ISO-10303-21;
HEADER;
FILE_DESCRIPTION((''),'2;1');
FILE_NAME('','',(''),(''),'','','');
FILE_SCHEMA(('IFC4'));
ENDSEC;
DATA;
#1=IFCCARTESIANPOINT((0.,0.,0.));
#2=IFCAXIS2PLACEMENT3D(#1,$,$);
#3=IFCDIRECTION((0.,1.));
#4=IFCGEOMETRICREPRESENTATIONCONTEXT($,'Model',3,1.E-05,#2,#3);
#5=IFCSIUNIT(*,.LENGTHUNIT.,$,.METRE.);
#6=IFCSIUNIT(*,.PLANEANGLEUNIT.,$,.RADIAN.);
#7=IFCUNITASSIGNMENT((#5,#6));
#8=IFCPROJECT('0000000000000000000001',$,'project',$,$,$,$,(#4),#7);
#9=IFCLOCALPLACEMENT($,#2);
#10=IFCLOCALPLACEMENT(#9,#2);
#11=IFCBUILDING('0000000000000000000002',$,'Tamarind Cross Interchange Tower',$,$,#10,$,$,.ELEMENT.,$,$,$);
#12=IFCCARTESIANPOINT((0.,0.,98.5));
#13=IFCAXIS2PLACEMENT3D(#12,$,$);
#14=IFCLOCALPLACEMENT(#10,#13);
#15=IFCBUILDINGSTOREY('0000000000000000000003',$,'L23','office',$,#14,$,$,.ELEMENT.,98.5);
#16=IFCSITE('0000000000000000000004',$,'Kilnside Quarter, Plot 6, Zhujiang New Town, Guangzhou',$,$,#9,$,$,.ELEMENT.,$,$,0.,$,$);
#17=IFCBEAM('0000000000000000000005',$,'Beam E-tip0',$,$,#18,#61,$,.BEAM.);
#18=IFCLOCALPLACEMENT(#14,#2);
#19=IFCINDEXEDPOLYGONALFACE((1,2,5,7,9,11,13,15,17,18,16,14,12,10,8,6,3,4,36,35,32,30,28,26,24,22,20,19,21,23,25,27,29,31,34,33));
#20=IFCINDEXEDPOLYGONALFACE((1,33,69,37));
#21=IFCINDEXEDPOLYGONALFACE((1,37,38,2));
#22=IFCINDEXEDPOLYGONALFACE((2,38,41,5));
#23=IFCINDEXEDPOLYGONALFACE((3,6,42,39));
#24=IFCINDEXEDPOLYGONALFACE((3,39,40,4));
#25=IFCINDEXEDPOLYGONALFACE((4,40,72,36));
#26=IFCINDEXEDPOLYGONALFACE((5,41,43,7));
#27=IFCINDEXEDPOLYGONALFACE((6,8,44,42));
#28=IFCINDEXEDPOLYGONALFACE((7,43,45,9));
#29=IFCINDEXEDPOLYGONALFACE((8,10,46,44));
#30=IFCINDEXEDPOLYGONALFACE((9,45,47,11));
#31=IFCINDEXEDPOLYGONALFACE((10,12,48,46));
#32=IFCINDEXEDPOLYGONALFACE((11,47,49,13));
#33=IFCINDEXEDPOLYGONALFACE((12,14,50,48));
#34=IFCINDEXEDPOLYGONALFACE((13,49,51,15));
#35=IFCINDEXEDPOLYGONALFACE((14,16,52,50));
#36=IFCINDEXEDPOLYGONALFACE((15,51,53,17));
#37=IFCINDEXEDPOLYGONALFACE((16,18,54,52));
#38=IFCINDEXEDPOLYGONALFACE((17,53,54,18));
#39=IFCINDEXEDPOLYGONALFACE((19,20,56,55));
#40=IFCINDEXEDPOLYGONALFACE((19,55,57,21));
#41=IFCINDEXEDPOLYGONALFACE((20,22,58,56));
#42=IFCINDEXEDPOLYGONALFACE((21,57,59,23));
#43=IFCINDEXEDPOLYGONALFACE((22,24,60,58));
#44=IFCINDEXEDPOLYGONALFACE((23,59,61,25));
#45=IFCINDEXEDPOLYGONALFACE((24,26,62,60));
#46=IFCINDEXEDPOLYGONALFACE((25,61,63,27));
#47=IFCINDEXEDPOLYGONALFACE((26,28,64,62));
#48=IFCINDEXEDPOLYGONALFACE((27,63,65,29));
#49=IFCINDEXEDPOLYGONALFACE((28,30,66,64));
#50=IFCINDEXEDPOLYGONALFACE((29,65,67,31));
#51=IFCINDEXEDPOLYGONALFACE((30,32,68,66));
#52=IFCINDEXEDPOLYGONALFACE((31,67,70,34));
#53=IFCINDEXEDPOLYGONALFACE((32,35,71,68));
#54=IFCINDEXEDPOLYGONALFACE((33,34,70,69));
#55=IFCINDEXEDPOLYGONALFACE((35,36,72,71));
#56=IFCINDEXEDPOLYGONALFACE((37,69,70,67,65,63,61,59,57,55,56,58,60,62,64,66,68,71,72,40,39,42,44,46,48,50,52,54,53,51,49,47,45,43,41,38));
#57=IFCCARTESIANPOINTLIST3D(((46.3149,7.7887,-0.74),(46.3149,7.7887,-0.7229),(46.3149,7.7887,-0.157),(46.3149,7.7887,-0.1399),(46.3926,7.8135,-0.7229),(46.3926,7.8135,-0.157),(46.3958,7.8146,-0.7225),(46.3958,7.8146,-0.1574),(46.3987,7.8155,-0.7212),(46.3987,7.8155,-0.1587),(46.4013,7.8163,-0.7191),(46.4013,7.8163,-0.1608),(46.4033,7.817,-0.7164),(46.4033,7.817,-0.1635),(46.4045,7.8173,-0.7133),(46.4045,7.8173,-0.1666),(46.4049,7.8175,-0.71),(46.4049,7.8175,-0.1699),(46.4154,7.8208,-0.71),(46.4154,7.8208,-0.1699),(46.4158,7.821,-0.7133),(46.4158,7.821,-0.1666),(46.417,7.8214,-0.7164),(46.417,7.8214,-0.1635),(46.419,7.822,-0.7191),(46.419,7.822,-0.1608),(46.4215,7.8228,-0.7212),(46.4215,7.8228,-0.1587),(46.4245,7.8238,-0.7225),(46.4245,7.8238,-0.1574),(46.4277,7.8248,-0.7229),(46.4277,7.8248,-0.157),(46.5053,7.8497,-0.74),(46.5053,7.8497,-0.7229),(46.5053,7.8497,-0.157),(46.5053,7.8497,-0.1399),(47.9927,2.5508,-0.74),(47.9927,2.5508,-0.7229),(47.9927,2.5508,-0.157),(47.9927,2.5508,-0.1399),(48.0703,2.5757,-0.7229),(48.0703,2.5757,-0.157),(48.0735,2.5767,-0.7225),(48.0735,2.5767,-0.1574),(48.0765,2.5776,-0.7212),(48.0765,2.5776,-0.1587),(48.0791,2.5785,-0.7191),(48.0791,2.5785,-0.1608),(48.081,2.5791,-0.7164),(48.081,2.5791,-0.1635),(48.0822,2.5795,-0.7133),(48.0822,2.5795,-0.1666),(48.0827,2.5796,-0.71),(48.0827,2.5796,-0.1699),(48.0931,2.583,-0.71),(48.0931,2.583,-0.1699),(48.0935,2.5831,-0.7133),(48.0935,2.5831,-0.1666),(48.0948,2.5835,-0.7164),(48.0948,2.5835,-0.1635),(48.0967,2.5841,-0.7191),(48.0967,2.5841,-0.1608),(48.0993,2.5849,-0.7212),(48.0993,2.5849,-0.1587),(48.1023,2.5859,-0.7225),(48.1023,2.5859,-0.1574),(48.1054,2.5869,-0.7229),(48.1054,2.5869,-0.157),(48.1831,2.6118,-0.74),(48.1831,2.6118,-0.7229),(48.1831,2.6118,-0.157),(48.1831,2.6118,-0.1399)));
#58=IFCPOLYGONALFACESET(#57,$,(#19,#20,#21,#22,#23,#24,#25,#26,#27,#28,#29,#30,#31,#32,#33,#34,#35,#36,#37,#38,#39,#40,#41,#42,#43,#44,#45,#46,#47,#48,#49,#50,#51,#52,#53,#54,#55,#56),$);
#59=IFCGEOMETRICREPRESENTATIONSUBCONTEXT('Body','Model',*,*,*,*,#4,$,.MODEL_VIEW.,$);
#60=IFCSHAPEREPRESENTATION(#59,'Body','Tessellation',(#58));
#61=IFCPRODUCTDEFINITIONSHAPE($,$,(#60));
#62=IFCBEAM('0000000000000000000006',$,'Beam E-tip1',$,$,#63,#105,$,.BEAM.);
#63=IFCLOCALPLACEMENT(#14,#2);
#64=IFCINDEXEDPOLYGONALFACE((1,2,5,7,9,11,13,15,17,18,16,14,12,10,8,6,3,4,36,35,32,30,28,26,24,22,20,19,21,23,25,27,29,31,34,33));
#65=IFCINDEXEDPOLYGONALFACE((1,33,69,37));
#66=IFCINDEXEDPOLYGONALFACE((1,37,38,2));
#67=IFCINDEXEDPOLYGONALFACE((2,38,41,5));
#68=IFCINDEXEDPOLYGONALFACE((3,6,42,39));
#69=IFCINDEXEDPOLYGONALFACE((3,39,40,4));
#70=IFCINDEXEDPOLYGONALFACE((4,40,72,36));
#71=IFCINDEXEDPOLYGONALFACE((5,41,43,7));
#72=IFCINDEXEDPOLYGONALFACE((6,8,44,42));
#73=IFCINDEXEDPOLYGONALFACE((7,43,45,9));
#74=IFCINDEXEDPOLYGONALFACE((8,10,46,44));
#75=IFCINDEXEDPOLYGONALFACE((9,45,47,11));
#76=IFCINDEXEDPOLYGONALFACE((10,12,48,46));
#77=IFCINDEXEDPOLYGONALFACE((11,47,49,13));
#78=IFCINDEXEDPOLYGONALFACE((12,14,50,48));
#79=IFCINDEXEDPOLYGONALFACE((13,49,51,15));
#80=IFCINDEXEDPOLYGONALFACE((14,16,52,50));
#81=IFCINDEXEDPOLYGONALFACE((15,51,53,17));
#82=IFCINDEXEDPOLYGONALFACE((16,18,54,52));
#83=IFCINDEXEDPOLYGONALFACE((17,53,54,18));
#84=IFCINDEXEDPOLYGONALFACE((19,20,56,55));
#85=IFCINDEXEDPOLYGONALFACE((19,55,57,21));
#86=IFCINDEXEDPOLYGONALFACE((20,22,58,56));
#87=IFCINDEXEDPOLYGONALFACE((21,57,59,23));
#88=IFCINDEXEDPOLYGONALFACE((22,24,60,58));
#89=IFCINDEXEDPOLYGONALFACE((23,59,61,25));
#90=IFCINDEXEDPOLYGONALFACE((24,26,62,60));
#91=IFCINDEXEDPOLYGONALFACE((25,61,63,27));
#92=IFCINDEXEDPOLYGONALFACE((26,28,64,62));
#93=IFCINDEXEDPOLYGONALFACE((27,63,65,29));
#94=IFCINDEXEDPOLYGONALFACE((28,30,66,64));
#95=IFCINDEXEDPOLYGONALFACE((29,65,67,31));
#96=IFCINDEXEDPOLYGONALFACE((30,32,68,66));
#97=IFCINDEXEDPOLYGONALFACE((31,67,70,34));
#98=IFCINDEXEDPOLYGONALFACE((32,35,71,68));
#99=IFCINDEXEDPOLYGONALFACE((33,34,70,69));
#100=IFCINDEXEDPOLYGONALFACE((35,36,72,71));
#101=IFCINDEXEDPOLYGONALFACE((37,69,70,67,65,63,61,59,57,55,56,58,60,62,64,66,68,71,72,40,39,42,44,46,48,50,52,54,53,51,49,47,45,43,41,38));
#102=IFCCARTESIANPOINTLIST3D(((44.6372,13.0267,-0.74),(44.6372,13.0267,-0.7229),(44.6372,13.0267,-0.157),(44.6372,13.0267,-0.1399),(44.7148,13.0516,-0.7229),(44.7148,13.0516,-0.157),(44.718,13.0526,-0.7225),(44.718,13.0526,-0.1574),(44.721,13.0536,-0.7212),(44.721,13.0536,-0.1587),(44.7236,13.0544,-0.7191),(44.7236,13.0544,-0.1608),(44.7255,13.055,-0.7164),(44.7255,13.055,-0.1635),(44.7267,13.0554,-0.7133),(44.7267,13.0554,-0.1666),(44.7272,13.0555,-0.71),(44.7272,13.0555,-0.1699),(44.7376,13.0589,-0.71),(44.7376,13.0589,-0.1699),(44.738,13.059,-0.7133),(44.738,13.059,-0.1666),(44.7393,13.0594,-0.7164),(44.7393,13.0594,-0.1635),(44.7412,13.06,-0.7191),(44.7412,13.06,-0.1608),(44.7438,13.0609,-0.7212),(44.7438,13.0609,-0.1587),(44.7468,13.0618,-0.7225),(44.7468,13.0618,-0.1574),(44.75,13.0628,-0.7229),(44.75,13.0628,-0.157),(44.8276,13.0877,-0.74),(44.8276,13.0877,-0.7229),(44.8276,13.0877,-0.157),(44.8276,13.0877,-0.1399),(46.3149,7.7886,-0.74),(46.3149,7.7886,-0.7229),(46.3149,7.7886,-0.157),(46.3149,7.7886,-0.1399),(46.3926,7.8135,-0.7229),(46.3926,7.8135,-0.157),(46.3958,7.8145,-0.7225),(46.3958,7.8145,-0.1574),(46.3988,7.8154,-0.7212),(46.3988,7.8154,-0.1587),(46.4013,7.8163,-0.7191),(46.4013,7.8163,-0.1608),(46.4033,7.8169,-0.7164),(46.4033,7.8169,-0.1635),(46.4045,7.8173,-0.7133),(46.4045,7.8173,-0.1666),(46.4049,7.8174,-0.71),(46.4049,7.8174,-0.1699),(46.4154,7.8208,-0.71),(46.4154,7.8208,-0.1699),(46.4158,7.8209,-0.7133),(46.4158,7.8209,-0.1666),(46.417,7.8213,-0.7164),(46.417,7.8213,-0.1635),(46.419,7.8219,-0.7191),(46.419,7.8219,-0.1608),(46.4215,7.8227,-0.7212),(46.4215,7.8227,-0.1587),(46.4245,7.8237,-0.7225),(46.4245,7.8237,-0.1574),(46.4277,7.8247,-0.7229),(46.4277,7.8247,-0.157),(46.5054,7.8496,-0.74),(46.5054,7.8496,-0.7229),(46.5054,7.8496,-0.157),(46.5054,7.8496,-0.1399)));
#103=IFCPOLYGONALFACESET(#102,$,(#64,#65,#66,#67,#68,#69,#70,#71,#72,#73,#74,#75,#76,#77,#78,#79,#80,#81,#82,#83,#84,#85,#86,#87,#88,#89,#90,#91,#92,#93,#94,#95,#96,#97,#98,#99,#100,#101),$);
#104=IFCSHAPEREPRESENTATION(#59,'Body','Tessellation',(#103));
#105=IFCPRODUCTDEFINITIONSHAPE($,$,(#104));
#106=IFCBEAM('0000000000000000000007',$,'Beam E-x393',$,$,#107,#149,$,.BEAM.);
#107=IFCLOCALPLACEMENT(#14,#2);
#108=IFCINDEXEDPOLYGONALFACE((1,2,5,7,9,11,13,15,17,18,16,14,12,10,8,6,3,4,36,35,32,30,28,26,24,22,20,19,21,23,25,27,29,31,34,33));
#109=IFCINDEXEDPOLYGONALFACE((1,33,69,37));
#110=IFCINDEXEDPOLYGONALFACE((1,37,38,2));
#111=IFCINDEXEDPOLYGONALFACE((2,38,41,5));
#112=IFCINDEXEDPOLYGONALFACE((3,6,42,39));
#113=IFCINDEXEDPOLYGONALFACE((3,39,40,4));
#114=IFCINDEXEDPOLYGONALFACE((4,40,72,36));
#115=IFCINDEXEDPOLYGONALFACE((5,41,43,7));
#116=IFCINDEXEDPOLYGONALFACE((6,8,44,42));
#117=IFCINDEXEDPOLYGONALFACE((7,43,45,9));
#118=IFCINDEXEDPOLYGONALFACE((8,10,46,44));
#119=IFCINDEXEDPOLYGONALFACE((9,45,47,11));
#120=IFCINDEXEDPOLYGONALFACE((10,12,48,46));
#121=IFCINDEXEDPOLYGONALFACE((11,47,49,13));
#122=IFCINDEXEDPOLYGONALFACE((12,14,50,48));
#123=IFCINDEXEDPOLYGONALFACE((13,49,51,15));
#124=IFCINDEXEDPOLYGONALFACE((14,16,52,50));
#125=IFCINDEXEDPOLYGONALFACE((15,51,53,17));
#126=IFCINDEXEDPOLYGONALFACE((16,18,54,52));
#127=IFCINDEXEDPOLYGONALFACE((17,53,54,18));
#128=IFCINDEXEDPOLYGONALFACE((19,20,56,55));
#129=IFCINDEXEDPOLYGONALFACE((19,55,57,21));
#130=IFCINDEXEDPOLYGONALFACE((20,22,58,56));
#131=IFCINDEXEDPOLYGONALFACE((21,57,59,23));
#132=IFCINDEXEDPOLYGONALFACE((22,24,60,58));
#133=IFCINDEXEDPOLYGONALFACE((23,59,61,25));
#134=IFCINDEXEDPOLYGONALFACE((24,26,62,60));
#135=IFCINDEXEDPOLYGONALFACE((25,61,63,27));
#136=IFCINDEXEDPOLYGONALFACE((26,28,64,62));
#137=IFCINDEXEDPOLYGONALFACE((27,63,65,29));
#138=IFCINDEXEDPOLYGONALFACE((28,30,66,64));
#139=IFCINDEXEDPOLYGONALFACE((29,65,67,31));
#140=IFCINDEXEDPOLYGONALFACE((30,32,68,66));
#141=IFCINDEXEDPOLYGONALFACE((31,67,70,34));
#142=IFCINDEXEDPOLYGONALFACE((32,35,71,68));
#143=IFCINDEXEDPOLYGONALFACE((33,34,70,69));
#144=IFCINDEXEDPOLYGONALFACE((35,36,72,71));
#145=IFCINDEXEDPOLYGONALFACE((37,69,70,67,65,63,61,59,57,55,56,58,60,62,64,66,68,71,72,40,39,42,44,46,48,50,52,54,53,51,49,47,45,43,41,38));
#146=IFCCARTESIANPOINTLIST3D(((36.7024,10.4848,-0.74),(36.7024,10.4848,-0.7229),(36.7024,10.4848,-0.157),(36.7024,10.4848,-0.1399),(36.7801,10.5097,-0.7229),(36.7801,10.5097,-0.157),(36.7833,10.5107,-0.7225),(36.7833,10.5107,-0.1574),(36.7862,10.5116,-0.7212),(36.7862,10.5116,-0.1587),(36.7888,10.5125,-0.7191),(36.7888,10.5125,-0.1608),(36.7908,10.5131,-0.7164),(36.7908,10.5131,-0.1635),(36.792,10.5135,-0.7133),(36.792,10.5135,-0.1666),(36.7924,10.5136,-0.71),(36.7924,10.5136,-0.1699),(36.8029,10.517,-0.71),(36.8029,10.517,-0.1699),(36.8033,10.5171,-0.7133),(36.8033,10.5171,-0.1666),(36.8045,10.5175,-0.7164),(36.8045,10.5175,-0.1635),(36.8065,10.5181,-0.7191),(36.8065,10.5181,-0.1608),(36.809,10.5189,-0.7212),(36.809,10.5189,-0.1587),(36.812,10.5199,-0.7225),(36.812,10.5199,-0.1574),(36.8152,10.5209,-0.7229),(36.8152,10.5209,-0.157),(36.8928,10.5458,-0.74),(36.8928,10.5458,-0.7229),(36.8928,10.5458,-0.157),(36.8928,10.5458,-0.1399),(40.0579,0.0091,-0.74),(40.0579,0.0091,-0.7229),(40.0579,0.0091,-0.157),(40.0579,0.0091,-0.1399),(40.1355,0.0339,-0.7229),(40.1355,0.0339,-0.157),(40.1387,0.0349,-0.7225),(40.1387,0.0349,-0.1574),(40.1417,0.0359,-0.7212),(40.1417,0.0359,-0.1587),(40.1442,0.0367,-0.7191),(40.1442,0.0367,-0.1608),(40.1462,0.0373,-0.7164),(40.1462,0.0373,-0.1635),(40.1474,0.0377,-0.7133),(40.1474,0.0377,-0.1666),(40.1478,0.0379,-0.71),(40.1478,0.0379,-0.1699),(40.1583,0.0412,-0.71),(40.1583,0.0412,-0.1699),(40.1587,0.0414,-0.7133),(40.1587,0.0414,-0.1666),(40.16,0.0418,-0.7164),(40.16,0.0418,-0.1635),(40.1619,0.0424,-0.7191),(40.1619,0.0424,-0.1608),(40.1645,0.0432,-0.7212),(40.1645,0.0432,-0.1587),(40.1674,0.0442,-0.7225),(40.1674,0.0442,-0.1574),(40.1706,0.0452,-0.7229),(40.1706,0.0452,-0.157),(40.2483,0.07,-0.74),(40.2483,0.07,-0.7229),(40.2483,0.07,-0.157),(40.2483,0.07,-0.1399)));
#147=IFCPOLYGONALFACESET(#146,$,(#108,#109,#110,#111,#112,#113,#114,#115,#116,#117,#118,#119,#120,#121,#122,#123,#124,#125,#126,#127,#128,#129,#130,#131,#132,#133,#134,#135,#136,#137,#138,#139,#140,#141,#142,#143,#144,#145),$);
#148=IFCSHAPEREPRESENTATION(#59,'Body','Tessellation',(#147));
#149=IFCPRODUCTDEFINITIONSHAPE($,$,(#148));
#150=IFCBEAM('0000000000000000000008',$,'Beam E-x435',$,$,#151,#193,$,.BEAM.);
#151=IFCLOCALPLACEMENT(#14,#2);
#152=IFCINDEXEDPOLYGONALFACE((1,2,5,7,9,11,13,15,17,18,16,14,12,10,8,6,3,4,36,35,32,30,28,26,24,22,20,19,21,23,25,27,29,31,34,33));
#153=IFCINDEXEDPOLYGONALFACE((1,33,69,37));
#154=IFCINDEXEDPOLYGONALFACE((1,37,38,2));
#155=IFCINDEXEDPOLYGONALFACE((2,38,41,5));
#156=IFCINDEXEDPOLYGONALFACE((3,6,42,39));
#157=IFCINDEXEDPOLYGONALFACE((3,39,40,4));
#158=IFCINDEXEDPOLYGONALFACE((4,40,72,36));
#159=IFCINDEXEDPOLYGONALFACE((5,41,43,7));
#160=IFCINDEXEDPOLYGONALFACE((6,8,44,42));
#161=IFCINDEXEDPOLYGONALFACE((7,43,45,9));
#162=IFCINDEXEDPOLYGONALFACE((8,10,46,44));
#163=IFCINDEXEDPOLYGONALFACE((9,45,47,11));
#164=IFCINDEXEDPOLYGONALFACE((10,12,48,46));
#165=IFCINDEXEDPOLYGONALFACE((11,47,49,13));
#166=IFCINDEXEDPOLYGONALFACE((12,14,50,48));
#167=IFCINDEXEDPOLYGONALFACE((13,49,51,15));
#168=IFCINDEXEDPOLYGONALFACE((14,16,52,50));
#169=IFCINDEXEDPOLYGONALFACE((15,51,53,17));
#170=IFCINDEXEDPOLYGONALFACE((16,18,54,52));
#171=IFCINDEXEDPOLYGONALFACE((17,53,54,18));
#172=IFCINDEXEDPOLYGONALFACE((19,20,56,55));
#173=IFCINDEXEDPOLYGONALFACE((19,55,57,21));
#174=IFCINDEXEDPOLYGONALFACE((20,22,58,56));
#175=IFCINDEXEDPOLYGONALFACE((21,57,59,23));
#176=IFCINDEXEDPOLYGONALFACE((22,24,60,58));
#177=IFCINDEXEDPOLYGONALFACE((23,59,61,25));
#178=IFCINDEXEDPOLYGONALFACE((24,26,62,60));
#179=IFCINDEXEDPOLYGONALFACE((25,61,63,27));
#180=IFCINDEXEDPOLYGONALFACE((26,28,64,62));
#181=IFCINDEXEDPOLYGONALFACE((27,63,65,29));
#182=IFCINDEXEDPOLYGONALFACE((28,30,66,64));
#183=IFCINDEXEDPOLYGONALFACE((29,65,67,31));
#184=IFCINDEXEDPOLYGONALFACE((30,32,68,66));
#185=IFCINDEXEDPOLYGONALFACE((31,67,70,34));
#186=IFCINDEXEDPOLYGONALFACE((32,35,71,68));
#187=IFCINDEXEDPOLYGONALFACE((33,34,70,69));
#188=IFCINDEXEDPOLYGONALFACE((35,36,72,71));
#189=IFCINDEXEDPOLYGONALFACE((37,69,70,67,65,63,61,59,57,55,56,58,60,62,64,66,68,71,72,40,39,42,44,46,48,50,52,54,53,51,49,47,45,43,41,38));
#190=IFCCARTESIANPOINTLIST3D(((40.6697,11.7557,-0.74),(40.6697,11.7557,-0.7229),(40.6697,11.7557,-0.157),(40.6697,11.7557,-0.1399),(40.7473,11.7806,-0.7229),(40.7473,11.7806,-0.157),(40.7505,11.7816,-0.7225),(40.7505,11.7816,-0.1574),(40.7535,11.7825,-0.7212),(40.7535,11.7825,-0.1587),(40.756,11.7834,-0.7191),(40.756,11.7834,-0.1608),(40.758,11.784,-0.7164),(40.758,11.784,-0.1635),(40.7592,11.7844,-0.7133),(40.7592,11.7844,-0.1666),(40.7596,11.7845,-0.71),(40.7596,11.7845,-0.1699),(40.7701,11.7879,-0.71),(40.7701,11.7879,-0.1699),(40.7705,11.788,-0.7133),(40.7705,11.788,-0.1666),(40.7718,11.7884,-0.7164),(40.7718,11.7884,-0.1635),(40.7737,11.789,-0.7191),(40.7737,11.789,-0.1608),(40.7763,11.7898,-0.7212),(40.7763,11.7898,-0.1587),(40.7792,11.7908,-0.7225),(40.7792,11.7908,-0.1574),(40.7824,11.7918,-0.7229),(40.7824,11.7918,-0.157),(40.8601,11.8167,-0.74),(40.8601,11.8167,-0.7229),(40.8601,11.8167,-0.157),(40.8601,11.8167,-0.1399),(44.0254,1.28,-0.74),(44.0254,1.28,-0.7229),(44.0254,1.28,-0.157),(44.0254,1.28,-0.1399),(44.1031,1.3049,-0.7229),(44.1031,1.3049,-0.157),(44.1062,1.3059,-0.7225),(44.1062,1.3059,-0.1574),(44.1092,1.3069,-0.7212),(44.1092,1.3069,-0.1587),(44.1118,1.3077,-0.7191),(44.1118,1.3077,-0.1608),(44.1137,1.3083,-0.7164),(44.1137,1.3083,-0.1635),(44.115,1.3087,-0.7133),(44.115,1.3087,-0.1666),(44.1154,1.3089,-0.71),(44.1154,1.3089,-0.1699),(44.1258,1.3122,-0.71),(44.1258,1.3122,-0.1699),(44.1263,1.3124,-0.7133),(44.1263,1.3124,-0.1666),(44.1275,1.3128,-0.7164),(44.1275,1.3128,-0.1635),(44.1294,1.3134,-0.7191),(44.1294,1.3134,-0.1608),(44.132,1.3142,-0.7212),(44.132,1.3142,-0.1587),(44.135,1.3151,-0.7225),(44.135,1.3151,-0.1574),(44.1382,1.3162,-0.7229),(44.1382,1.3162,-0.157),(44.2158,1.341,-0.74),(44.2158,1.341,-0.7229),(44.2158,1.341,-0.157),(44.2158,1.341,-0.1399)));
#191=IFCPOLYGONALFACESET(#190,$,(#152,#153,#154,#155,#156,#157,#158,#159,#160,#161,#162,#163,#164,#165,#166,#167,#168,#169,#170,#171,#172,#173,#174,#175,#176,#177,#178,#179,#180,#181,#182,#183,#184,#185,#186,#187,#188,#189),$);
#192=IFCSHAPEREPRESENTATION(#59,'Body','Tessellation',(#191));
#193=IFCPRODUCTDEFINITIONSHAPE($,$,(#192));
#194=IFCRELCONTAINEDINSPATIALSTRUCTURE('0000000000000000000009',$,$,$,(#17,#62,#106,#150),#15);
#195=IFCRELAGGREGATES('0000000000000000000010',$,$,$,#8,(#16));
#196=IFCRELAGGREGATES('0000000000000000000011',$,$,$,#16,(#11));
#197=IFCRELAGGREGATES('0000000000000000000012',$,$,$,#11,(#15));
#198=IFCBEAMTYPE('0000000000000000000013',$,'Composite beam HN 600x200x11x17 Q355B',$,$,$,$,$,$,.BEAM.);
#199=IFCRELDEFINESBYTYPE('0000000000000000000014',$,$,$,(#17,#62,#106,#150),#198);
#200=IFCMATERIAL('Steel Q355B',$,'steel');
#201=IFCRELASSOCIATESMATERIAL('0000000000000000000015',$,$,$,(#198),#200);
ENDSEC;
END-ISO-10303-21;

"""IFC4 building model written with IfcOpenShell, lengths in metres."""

from ifc_helpers import new_model, si_unit, direction, frame, origin, origin_2d, place, context, subcontext, project, spatial, i_section, extrude, material, material_profile, profile_set, type_object, element, save


model = new_model("IFC4")

# Units and contexts
model_context = context("Model", 3, precision=1e-05, world=origin(), true_north=direction((0.0, 1.0)))
body_context = subcontext(model_context, "Body", "Model", "MODEL_VIEW")
ifc_project = project(units=[si_unit("LENGTHUNIT", "METRE"), si_unit("PLANEANGLEUNIT", "RADIAN")], contexts=[model_context])

# Site, building, storey
site_placement = place(None, origin())
site = spatial("IfcSite", under=ifc_project, at=site_placement, Name="Kilnside Quarter, Plot 6, Zhujiang New Town, Guangzhou", CompositionType="ELEMENT", RefElevation=0.0)
building_placement = place(site_placement, origin())
building = spatial("IfcBuilding", under=site, at=building_placement, Name="Tamarind Cross Interchange Tower", CompositionType="ELEMENT")
storey_placement = place(building_placement, frame((0.0, 0.0, 98.5)))
storey = spatial("IfcBuildingStorey", under=building, at=storey_placement, Name="L23", Description="office", CompositionType="ELEMENT", Elevation=98.5)

# Beams
ifc_material_1 = material(Name="Steel Q355B", Category="steel")
ifc_material_profile_1 = material_profile(ifc_material_1, i_section(OverallWidth=0.2, OverallDepth=0.6001, WebThickness=0.011, FlangeThickness=0.0171, FilletRadius=0.0129, at=origin_2d()), Name="HN 600x200x11x17")
ifc_profile_set_1 = profile_set([ifc_material_profile_1], Name="Steel Q355B")
beam_type_1 = type_object("IfcBeamType", Name="Composite beam HN 600x200x11x17 Q355B", PredefinedType="BEAM", material=ifc_profile_set_1)
beam_1_placement = place(storey_placement, frame((48.0879, 2.5813, -0.4399), z_axis=(-0.305046, 0.952338, 0.0), x_axis=(-0.952338, -0.305046, 0.0)))
element("IfcBeam", 1, at=beam_1_placement, inside=storey, type_object=beam_type_1, Name="Beam E-tip0", PredefinedType="BEAM", context=body_context, shape_type="SweptSolid", body=[
    extrude(i_section(OverallWidth=0.2, OverallDepth=0.6001, WebThickness=0.011, FlangeThickness=0.0171, FilletRadius=0.0129, at=origin_2d()), origin(), (0.0, 0.0, 1.0), 5.5),
])
beam_2_placement = place(storey_placement, frame((46.4102, 7.8191, -0.4399), z_axis=(-0.305033, 0.952342, 0.0), x_axis=(-0.952342, -0.305033, 0.0)))
element("IfcBeam", 2, at=beam_2_placement, inside=storey, type_object=beam_type_1, Name="Beam E-tip1", PredefinedType="BEAM", context=body_context, shape_type="SweptSolid", body=[
    extrude(i_section(OverallWidth=0.2, OverallDepth=0.6001, WebThickness=0.011, FlangeThickness=0.0171, FilletRadius=0.0129, at=origin_2d()), origin(), (0.0, 0.0, 1.0), 5.5002),
])
for number, where, z_axis, x_axis, name in (
    (3, (40.1531, 0.0396, -0.4399), (-0.30504, 0.95234, 0.0), (-0.95234, -0.30504, 0.0), "Beam E-x393"),
    (4, (44.1206, 1.3105, -0.4399), (-0.305066, 0.952331, 0.0), (-0.952331, -0.305066, 0.0), "Beam E-x435"),
):
    element("IfcBeam", number, at=place(storey_placement, frame(where, z_axis=z_axis, x_axis=x_axis)), inside=storey, type_object=beam_type_1, Name=name, PredefinedType="BEAM", context=body_context, shape_type="SweptSolid", body=[
        extrude(i_section(OverallWidth=0.2, OverallDepth=0.6001, WebThickness=0.011, FlangeThickness=0.0171, FilletRadius=0.0129, at=origin_2d()), origin(), (0.0, 0.0, 1.0), 11.0),
    ])

save(model, "model.ifc")
